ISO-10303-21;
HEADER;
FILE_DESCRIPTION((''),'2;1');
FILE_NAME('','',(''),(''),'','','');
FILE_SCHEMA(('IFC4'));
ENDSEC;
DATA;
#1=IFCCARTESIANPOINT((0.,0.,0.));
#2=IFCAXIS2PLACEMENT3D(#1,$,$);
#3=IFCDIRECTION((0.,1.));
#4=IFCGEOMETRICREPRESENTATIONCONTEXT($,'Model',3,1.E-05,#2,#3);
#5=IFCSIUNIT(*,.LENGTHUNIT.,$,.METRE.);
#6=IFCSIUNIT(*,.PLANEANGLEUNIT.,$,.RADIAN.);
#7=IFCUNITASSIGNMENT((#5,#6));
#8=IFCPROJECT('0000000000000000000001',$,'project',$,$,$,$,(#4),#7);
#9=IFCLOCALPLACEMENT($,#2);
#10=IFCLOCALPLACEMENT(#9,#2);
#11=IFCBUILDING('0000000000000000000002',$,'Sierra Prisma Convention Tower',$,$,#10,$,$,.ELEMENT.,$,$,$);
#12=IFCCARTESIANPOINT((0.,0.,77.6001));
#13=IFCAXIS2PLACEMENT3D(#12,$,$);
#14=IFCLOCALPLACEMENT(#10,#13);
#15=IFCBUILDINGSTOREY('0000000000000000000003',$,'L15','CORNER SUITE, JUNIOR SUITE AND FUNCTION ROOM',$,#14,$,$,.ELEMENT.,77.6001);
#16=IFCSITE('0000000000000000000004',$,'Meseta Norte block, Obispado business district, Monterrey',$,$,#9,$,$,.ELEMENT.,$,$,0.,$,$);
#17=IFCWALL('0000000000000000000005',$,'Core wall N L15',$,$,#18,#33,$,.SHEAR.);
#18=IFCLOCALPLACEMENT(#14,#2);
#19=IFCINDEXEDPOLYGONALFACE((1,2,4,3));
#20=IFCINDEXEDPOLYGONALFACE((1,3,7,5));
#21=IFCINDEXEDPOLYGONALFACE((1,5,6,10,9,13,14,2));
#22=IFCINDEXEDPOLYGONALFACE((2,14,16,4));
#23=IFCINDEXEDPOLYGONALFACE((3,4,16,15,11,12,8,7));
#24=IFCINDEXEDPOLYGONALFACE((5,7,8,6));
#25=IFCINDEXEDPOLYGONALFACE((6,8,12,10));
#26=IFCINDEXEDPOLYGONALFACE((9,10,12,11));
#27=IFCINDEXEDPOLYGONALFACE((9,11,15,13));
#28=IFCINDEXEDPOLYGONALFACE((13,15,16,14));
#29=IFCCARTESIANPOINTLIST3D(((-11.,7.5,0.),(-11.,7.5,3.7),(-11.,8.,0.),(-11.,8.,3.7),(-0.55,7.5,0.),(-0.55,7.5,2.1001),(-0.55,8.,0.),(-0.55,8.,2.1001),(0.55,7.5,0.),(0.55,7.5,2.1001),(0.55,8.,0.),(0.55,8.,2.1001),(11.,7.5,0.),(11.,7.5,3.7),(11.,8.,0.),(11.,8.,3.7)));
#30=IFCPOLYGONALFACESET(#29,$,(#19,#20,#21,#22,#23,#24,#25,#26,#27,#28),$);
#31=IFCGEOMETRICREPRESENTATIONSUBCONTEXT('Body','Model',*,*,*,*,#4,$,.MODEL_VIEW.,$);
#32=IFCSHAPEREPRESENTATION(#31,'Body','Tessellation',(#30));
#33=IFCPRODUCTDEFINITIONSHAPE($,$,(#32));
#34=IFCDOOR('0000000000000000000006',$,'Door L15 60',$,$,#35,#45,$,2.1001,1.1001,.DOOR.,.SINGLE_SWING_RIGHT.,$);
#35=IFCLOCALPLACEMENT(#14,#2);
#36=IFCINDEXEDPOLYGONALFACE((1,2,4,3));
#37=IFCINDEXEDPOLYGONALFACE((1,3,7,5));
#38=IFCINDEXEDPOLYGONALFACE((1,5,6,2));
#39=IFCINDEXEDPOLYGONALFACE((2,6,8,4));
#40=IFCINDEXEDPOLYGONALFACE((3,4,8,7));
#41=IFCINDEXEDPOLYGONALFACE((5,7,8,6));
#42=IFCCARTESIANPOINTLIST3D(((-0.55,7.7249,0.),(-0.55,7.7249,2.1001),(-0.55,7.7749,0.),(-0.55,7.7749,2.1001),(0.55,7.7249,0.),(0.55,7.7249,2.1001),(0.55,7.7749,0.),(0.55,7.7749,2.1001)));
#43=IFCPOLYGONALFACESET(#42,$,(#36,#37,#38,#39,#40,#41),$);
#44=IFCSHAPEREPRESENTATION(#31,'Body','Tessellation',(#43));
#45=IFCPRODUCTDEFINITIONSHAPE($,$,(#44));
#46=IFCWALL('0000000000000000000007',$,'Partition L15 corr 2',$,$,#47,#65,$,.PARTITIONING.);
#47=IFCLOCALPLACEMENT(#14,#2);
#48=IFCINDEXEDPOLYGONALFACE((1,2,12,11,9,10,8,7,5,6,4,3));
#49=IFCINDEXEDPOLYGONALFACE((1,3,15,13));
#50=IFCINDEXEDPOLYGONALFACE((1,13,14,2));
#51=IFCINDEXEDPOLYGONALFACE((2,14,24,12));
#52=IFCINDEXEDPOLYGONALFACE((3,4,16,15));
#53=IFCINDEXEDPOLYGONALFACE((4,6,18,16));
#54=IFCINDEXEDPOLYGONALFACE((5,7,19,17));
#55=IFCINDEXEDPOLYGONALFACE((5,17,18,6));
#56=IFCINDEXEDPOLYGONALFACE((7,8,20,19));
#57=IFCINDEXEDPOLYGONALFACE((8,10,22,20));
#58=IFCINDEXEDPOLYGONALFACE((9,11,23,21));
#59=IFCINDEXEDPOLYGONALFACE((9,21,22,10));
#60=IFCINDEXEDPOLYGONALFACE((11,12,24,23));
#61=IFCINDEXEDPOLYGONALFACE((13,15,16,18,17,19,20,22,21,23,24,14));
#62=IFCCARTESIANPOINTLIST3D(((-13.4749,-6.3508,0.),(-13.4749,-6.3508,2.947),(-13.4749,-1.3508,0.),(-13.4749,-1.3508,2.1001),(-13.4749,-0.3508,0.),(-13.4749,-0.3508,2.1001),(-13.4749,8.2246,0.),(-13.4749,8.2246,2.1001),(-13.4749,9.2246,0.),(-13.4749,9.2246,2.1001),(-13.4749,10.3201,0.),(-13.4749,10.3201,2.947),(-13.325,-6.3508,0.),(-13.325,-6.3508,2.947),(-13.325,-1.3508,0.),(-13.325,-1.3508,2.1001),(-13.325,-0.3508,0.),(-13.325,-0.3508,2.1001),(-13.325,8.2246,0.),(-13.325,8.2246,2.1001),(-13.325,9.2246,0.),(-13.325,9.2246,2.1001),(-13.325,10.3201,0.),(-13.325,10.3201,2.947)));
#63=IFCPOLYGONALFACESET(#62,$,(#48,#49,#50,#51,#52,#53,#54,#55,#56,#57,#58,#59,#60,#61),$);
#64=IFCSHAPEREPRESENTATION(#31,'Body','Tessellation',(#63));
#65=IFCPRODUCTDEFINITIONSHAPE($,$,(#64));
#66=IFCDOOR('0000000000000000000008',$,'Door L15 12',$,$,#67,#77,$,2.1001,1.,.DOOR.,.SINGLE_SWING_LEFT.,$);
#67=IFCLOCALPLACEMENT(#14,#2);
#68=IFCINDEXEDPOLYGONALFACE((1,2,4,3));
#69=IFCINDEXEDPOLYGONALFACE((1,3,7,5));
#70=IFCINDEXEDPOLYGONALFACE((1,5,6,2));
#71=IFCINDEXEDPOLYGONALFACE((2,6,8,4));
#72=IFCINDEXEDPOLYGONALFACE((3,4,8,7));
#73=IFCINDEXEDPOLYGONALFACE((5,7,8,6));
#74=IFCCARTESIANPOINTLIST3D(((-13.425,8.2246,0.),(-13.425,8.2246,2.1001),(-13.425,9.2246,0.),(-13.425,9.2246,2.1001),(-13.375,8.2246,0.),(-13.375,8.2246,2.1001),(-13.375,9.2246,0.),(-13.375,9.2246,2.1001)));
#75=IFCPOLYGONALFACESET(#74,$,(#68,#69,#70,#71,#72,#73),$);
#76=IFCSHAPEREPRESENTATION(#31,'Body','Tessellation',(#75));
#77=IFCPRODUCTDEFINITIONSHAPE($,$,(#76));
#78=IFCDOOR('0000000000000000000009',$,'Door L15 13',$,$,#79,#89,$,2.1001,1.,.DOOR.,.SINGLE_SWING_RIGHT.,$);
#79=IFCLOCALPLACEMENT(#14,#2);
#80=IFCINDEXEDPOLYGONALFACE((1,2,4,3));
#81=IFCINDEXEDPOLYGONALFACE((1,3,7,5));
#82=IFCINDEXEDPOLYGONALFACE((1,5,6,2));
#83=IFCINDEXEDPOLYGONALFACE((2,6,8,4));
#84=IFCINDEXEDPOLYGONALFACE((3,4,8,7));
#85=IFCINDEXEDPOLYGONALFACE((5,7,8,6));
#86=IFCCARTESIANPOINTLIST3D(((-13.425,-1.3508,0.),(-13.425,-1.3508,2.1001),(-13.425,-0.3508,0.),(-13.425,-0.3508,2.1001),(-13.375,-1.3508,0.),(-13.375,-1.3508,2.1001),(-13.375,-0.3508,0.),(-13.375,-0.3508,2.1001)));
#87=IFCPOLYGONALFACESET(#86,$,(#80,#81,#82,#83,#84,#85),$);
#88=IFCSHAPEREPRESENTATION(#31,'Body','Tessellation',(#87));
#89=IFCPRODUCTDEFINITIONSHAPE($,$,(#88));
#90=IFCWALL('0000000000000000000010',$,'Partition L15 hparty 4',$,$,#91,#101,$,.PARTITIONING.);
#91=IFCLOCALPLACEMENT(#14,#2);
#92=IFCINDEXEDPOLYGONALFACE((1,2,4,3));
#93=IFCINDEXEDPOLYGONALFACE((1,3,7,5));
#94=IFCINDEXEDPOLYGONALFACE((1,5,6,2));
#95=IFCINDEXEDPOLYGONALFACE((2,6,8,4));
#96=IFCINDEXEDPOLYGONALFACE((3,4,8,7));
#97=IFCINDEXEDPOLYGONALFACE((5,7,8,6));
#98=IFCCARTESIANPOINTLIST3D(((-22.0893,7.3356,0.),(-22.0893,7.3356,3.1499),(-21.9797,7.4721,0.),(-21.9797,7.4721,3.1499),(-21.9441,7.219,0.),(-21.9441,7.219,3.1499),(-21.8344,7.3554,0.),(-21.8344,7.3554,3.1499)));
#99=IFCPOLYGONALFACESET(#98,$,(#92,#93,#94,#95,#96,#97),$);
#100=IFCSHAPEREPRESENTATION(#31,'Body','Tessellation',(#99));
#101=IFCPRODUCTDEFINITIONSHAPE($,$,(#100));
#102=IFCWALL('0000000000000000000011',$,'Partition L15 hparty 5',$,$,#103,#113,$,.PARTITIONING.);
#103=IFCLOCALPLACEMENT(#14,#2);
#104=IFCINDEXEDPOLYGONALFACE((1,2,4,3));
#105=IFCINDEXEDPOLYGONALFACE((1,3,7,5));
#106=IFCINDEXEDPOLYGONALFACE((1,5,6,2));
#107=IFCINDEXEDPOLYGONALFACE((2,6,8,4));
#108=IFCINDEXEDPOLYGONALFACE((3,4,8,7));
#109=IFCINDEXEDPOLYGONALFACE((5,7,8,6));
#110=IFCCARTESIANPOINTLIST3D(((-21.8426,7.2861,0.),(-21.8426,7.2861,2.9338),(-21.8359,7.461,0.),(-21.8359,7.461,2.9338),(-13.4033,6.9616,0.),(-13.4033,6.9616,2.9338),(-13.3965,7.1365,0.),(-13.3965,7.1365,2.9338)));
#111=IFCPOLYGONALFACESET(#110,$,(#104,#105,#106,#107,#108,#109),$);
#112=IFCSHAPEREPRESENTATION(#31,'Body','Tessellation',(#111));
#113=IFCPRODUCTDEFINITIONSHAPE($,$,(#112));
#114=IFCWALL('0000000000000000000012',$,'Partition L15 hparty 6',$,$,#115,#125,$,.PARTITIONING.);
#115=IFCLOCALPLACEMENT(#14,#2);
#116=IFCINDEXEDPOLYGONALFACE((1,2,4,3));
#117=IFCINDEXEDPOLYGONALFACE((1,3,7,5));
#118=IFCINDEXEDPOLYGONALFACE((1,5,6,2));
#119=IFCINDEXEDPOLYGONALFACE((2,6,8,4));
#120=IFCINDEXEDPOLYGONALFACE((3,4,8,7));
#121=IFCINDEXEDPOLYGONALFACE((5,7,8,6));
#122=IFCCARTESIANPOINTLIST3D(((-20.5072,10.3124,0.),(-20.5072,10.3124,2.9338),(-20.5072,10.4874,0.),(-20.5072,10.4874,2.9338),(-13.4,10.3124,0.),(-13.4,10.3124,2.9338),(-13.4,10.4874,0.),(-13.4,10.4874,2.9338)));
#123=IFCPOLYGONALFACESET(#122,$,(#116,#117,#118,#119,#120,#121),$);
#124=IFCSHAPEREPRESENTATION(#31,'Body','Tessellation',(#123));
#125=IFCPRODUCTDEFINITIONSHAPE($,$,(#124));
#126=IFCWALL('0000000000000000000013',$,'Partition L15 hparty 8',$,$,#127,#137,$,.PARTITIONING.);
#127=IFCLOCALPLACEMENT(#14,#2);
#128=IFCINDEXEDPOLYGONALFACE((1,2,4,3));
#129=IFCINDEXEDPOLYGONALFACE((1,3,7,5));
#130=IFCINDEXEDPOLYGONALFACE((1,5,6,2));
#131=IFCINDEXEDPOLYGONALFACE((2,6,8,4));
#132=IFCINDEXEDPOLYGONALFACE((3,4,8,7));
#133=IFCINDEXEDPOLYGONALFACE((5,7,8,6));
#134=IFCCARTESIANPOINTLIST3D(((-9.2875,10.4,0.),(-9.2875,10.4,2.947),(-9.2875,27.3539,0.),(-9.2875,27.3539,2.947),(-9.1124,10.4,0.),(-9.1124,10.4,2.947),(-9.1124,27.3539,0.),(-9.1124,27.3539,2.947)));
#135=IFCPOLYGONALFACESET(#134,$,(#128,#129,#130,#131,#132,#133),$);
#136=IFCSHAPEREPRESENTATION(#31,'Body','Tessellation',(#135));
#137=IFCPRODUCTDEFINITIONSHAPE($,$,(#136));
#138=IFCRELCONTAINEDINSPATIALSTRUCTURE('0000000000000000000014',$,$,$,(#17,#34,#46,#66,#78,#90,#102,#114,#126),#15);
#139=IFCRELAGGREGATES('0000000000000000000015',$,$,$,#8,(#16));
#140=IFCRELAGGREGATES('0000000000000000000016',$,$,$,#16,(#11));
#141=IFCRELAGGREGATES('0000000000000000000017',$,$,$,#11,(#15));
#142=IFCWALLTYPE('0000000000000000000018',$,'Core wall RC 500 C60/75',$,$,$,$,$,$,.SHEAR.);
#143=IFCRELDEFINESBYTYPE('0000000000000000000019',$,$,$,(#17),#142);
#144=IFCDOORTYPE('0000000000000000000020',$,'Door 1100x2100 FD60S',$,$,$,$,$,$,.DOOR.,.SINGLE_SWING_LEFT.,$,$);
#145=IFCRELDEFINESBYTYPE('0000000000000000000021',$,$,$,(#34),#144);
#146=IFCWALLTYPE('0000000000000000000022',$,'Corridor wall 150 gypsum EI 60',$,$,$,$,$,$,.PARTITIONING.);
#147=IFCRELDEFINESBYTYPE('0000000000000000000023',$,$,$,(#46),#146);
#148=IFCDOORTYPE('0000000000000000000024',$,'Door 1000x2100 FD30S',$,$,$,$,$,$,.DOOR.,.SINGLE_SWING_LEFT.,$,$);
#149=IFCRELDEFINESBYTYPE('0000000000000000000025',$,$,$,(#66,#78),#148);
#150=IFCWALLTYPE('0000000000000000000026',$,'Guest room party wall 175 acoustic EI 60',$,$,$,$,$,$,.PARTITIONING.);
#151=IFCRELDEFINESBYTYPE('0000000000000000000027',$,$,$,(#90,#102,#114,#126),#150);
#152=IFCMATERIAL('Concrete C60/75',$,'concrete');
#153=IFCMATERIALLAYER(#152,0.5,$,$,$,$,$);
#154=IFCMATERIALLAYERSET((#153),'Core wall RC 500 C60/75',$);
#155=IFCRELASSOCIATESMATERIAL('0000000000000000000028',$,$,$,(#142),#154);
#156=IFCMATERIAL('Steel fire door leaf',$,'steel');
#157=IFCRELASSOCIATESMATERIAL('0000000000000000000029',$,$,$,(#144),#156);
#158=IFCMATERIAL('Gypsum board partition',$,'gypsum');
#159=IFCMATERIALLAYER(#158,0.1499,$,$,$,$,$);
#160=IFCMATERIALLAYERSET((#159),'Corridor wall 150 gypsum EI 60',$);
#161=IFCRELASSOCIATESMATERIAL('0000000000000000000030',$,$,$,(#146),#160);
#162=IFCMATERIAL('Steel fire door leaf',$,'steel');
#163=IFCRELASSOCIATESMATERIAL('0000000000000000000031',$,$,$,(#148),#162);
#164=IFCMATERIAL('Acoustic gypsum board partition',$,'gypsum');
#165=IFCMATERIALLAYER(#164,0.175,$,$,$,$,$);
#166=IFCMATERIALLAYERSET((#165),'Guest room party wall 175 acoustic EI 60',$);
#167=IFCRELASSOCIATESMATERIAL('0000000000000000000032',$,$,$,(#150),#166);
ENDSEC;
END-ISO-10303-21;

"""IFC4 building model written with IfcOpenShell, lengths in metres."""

from ifc_helpers import new_model, si_unit, direction, frame, frame_2d, origin, place, context, subcontext, project, spatial, rectangle, extrude, material, layer, layer_set, type_object, element, fill, save


model = new_model("IFC4")

# Units and contexts
model_context = context("Model", 3, precision=1e-05, world=origin(), true_north=direction((0.0, 1.0)))
body_context = subcontext(model_context, "Body", "Model", "MODEL_VIEW")
ifc_project = project(units=[si_unit("LENGTHUNIT", "METRE"), si_unit("PLANEANGLEUNIT", "RADIAN")], contexts=[model_context])

# Site, building, storey
site_placement = place(None, origin())
site = spatial("IfcSite", under=ifc_project, at=site_placement, Name="Meseta Norte block, Obispado business district, Monterrey", CompositionType="ELEMENT", RefElevation=0.0)
building_placement = place(site_placement, origin())
building = spatial("IfcBuilding", under=site, at=building_placement, Name="Sierra Prisma Convention Tower", CompositionType="ELEMENT")
storey_placement = place(building_placement, frame((0.0, 0.0, 77.6001)))
storey = spatial("IfcBuildingStorey", under=building, at=storey_placement, Name="L15", Description="CORNER SUITE, JUNIOR SUITE AND FUNCTION ROOM", CompositionType="ELEMENT", Elevation=77.6001)

# Wall, opening, door
ifc_material_1 = material(Name="Concrete C60/75", Category="concrete")
ifc_layer_1 = layer(ifc_material_1, 0.5)
ifc_layer_set_1 = layer_set([ifc_layer_1], Name="Core wall RC 500 C60/75")
wall_type_1 = type_object("IfcWallType", Name="Core wall RC 500 C60/75", PredefinedType="SHEAR", material=ifc_layer_set_1)
wall_1_placement = place(storey_placement, frame((-11.0, 7.75, 0.0), z_axis=(0.0, 0.0, 1.0), x_axis=(1.0, 0.0, 0.0)))
wall_1 = element("IfcWall", 1, at=wall_1_placement, inside=storey, type_object=wall_type_1, Name="Core wall N L15", PredefinedType="SHEAR", context=body_context, shape_type="SweptSolid", body=[
    extrude(rectangle(XDim=22.0, YDim=0.5, at=frame_2d((11.0, 0.0))), origin(), (0.0, 0.0, 1.0), 3.7),
])
opening_1_placement = place(wall_1_placement, frame((10.45, 0.0, 0.0)))
opening_1 = element("IfcOpeningElement", 2, at=opening_1_placement, cuts=wall_1, PredefinedType="OPENING", context=body_context, shape_type="SweptSolid", body=[
    extrude(rectangle(XDim=1.1001, YDim=2.1001, at=frame_2d((0.55, 1.05))), frame((0.0, 0.25, 0.0), z_axis=(0.0, -1.0, 0.0), x_axis=(1.0, 0.0, 0.0)), (0.0, 0.0, 1.0), 0.5),
])
ifc_material_2 = material(Name="Steel fire door leaf", Category="steel")
door_type_1 = type_object("IfcDoorType", Name="Door 1100x2100 FD60S", OperationType="SINGLE_SWING_LEFT", PredefinedType="DOOR", material=ifc_material_2)
door_1_placement = place(opening_1_placement, origin())
door_1 = element("IfcDoor", 3, at=door_1_placement, inside=storey, type_object=door_type_1, Name="Door L15 60", OperationType="SINGLE_SWING_RIGHT", OverallHeight=2.1001, OverallWidth=1.1001, PredefinedType="DOOR", context=body_context, shape_type="SweptSolid", body=[
    extrude(rectangle(XDim=1.1001, YDim=2.1001, at=frame_2d((0.55, 1.05))), frame((0.0, 0.0249, 0.0), z_axis=(0.0, -1.0, 0.0), x_axis=(1.0, 0.0, 0.0)), (0.0, 0.0, 1.0), 0.05),
])
fill(opening_1, door_1)

# Wall, openings, doors
ifc_material_3 = material(Name="Gypsum board partition", Category="gypsum")
ifc_layer_2 = layer(ifc_material_3, 0.1499)
ifc_layer_set_2 = layer_set([ifc_layer_2], Name="Corridor wall 150 gypsum EI 60")
wall_type_2 = type_object("IfcWallType", Name="Corridor wall 150 gypsum EI 60", PredefinedType="PARTITIONING", material=ifc_layer_set_2)
wall_2_placement = place(storey_placement, frame((-13.3999, 10.3201, 0.0), z_axis=(0.0, 0.0, 1.0), x_axis=(0.0, -1.0, 0.0)))
wall_2 = element("IfcWall", 4, at=wall_2_placement, inside=storey, type_object=wall_type_2, Name="Partition L15 corr 2", PredefinedType="PARTITIONING", context=body_context, shape_type="SweptSolid", body=[
    extrude(rectangle(XDim=16.6709, YDim=0.1499, at=frame_2d((8.3354, 0.0))), origin(), (0.0, 0.0, 1.0), 2.947),
])
opening_2_placement = place(wall_2_placement, frame((1.0955, 0.0, 0.0)))
opening_2 = element("IfcOpeningElement", 5, at=opening_2_placement, cuts=wall_2, PredefinedType="OPENING", context=body_context, shape_type="SweptSolid", body=[
    extrude(rectangle(XDim=1.0, YDim=2.1001, at=frame_2d((0.5, 1.05))), frame((0.0, 0.075, 0.0), z_axis=(0.0, -1.0, 0.0), x_axis=(1.0, 0.0, 0.0)), (0.0, 0.0, 1.0), 0.1499),
])
opening_3_placement = place(wall_2_placement, frame((10.6709, 0.0, 0.0)))
opening_3 = element("IfcOpeningElement", 6, at=opening_3_placement, cuts=wall_2, PredefinedType="OPENING", context=body_context, shape_type="SweptSolid", body=[
    extrude(rectangle(XDim=1.0, YDim=2.1001, at=frame_2d((0.5, 1.05))), frame((0.0, 0.075, 0.0), z_axis=(0.0, -1.0, 0.0), x_axis=(1.0, 0.0, 0.0)), (0.0, 0.0, 1.0), 0.1499),
])
ifc_material_4 = material(Name="Steel fire door leaf", Category="steel")
door_type_2 = type_object("IfcDoorType", Name="Door 1000x2100 FD30S", OperationType="SINGLE_SWING_LEFT", PredefinedType="DOOR", material=ifc_material_4)
door_2_placement = place(opening_2_placement, origin())
door_2 = element("IfcDoor", 7, at=door_2_placement, inside=storey, type_object=door_type_2, Name="Door L15 12", OperationType="SINGLE_SWING_LEFT", OverallHeight=2.1001, OverallWidth=1.0, PredefinedType="DOOR", context=body_context, shape_type="SweptSolid", body=[
    extrude(rectangle(XDim=1.0, YDim=2.1001, at=frame_2d((0.5, 1.05))), frame((0.0, 0.0249, 0.0), z_axis=(0.0, -1.0, 0.0), x_axis=(1.0, 0.0, 0.0)), (0.0, 0.0, 1.0), 0.05),
])
fill(opening_2, door_2)
door_3_placement = place(opening_3_placement, origin())
door_3 = element("IfcDoor", 8, at=door_3_placement, inside=storey, type_object=door_type_2, Name="Door L15 13", OperationType="SINGLE_SWING_RIGHT", OverallHeight=2.1001, OverallWidth=1.0, PredefinedType="DOOR", context=body_context, shape_type="SweptSolid", body=[
    extrude(rectangle(XDim=1.0, YDim=2.1001, at=frame_2d((0.5, 1.05))), frame((0.0, 0.0249, 0.0), z_axis=(0.0, -1.0, 0.0), x_axis=(1.0, 0.0, 0.0)), (0.0, 0.0, 1.0), 0.05),
])
fill(opening_3, door_3)

# Walls
ifc_material_5 = material(Name="Acoustic gypsum board partition", Category="gypsum")
ifc_layer_3 = layer(ifc_material_5, 0.175)
ifc_layer_set_3 = layer_set([ifc_layer_3], Name="Guest room party wall 175 acoustic EI 60")
wall_type_3 = type_object("IfcWallType", Name="Guest room party wall 175 acoustic EI 60", PredefinedType="PARTITIONING", material=ifc_layer_set_3)
wall_3_placement = place(storey_placement, frame((-21.8892, 7.2871, 0.0), z_axis=(0.0, 0.0, 1.0), x_axis=(-0.779589, 0.626292, 0.0)))
element("IfcWall", 9, at=wall_3_placement, inside=storey, type_object=wall_type_3, Name="Partition L15 hparty 4", PredefinedType="PARTITIONING", context=body_context, shape_type="SweptSolid", body=[
    extrude(rectangle(XDim=0.1863, YDim=0.175, at=frame_2d((0.0933, 0.0))), origin(), (0.0, 0.0, 1.0), 3.1499),
])
wall_4_placement = place(storey_placement, frame((-21.8391, 7.3735, 0.0), z_axis=(0.0, 0.0, 1.0), x_axis=(0.999262, -0.038419, 0.0)))
element("IfcWall", 10, at=wall_4_placement, inside=storey, type_object=wall_type_3, Name="Partition L15 hparty 5", PredefinedType="PARTITIONING", context=body_context, shape_type="SweptSolid", body=[
    extrude(rectangle(XDim=8.4456, YDim=0.175, at=frame_2d((4.2227, 0.0))), origin(), (0.0, 0.0, 1.0), 2.9338),
])
wall_5_placement = place(storey_placement, frame((-13.3999, 10.3999, 0.0), z_axis=(0.0, 0.0, 1.0), x_axis=(-1.0, 0.0, 0.0)))
element("IfcWall", 11, at=wall_5_placement, inside=storey, type_object=wall_type_3, Name="Partition L15 hparty 6", PredefinedType="PARTITIONING", context=body_context, shape_type="SweptSolid", body=[
    extrude(rectangle(XDim=7.1072, YDim=0.175, at=frame_2d((3.5537, 0.0))), origin(), (0.0, 0.0, 1.0), 2.9338),
])
wall_6_placement = place(storey_placement, frame((-9.2, 10.3999, 0.0), z_axis=(0.0, 0.0, 1.0), x_axis=(0.0, 1.0, 0.0)))
element("IfcWall", 12, at=wall_6_placement, inside=storey, type_object=wall_type_3, Name="Partition L15 hparty 8", PredefinedType="PARTITIONING", context=body_context, shape_type="SweptSolid", body=[
    extrude(rectangle(XDim=16.9539, YDim=0.175, at=frame_2d((8.4771, 0.0))), origin(), (0.0, 0.0, 1.0), 2.947),
])

save(model, "model.ifc")
